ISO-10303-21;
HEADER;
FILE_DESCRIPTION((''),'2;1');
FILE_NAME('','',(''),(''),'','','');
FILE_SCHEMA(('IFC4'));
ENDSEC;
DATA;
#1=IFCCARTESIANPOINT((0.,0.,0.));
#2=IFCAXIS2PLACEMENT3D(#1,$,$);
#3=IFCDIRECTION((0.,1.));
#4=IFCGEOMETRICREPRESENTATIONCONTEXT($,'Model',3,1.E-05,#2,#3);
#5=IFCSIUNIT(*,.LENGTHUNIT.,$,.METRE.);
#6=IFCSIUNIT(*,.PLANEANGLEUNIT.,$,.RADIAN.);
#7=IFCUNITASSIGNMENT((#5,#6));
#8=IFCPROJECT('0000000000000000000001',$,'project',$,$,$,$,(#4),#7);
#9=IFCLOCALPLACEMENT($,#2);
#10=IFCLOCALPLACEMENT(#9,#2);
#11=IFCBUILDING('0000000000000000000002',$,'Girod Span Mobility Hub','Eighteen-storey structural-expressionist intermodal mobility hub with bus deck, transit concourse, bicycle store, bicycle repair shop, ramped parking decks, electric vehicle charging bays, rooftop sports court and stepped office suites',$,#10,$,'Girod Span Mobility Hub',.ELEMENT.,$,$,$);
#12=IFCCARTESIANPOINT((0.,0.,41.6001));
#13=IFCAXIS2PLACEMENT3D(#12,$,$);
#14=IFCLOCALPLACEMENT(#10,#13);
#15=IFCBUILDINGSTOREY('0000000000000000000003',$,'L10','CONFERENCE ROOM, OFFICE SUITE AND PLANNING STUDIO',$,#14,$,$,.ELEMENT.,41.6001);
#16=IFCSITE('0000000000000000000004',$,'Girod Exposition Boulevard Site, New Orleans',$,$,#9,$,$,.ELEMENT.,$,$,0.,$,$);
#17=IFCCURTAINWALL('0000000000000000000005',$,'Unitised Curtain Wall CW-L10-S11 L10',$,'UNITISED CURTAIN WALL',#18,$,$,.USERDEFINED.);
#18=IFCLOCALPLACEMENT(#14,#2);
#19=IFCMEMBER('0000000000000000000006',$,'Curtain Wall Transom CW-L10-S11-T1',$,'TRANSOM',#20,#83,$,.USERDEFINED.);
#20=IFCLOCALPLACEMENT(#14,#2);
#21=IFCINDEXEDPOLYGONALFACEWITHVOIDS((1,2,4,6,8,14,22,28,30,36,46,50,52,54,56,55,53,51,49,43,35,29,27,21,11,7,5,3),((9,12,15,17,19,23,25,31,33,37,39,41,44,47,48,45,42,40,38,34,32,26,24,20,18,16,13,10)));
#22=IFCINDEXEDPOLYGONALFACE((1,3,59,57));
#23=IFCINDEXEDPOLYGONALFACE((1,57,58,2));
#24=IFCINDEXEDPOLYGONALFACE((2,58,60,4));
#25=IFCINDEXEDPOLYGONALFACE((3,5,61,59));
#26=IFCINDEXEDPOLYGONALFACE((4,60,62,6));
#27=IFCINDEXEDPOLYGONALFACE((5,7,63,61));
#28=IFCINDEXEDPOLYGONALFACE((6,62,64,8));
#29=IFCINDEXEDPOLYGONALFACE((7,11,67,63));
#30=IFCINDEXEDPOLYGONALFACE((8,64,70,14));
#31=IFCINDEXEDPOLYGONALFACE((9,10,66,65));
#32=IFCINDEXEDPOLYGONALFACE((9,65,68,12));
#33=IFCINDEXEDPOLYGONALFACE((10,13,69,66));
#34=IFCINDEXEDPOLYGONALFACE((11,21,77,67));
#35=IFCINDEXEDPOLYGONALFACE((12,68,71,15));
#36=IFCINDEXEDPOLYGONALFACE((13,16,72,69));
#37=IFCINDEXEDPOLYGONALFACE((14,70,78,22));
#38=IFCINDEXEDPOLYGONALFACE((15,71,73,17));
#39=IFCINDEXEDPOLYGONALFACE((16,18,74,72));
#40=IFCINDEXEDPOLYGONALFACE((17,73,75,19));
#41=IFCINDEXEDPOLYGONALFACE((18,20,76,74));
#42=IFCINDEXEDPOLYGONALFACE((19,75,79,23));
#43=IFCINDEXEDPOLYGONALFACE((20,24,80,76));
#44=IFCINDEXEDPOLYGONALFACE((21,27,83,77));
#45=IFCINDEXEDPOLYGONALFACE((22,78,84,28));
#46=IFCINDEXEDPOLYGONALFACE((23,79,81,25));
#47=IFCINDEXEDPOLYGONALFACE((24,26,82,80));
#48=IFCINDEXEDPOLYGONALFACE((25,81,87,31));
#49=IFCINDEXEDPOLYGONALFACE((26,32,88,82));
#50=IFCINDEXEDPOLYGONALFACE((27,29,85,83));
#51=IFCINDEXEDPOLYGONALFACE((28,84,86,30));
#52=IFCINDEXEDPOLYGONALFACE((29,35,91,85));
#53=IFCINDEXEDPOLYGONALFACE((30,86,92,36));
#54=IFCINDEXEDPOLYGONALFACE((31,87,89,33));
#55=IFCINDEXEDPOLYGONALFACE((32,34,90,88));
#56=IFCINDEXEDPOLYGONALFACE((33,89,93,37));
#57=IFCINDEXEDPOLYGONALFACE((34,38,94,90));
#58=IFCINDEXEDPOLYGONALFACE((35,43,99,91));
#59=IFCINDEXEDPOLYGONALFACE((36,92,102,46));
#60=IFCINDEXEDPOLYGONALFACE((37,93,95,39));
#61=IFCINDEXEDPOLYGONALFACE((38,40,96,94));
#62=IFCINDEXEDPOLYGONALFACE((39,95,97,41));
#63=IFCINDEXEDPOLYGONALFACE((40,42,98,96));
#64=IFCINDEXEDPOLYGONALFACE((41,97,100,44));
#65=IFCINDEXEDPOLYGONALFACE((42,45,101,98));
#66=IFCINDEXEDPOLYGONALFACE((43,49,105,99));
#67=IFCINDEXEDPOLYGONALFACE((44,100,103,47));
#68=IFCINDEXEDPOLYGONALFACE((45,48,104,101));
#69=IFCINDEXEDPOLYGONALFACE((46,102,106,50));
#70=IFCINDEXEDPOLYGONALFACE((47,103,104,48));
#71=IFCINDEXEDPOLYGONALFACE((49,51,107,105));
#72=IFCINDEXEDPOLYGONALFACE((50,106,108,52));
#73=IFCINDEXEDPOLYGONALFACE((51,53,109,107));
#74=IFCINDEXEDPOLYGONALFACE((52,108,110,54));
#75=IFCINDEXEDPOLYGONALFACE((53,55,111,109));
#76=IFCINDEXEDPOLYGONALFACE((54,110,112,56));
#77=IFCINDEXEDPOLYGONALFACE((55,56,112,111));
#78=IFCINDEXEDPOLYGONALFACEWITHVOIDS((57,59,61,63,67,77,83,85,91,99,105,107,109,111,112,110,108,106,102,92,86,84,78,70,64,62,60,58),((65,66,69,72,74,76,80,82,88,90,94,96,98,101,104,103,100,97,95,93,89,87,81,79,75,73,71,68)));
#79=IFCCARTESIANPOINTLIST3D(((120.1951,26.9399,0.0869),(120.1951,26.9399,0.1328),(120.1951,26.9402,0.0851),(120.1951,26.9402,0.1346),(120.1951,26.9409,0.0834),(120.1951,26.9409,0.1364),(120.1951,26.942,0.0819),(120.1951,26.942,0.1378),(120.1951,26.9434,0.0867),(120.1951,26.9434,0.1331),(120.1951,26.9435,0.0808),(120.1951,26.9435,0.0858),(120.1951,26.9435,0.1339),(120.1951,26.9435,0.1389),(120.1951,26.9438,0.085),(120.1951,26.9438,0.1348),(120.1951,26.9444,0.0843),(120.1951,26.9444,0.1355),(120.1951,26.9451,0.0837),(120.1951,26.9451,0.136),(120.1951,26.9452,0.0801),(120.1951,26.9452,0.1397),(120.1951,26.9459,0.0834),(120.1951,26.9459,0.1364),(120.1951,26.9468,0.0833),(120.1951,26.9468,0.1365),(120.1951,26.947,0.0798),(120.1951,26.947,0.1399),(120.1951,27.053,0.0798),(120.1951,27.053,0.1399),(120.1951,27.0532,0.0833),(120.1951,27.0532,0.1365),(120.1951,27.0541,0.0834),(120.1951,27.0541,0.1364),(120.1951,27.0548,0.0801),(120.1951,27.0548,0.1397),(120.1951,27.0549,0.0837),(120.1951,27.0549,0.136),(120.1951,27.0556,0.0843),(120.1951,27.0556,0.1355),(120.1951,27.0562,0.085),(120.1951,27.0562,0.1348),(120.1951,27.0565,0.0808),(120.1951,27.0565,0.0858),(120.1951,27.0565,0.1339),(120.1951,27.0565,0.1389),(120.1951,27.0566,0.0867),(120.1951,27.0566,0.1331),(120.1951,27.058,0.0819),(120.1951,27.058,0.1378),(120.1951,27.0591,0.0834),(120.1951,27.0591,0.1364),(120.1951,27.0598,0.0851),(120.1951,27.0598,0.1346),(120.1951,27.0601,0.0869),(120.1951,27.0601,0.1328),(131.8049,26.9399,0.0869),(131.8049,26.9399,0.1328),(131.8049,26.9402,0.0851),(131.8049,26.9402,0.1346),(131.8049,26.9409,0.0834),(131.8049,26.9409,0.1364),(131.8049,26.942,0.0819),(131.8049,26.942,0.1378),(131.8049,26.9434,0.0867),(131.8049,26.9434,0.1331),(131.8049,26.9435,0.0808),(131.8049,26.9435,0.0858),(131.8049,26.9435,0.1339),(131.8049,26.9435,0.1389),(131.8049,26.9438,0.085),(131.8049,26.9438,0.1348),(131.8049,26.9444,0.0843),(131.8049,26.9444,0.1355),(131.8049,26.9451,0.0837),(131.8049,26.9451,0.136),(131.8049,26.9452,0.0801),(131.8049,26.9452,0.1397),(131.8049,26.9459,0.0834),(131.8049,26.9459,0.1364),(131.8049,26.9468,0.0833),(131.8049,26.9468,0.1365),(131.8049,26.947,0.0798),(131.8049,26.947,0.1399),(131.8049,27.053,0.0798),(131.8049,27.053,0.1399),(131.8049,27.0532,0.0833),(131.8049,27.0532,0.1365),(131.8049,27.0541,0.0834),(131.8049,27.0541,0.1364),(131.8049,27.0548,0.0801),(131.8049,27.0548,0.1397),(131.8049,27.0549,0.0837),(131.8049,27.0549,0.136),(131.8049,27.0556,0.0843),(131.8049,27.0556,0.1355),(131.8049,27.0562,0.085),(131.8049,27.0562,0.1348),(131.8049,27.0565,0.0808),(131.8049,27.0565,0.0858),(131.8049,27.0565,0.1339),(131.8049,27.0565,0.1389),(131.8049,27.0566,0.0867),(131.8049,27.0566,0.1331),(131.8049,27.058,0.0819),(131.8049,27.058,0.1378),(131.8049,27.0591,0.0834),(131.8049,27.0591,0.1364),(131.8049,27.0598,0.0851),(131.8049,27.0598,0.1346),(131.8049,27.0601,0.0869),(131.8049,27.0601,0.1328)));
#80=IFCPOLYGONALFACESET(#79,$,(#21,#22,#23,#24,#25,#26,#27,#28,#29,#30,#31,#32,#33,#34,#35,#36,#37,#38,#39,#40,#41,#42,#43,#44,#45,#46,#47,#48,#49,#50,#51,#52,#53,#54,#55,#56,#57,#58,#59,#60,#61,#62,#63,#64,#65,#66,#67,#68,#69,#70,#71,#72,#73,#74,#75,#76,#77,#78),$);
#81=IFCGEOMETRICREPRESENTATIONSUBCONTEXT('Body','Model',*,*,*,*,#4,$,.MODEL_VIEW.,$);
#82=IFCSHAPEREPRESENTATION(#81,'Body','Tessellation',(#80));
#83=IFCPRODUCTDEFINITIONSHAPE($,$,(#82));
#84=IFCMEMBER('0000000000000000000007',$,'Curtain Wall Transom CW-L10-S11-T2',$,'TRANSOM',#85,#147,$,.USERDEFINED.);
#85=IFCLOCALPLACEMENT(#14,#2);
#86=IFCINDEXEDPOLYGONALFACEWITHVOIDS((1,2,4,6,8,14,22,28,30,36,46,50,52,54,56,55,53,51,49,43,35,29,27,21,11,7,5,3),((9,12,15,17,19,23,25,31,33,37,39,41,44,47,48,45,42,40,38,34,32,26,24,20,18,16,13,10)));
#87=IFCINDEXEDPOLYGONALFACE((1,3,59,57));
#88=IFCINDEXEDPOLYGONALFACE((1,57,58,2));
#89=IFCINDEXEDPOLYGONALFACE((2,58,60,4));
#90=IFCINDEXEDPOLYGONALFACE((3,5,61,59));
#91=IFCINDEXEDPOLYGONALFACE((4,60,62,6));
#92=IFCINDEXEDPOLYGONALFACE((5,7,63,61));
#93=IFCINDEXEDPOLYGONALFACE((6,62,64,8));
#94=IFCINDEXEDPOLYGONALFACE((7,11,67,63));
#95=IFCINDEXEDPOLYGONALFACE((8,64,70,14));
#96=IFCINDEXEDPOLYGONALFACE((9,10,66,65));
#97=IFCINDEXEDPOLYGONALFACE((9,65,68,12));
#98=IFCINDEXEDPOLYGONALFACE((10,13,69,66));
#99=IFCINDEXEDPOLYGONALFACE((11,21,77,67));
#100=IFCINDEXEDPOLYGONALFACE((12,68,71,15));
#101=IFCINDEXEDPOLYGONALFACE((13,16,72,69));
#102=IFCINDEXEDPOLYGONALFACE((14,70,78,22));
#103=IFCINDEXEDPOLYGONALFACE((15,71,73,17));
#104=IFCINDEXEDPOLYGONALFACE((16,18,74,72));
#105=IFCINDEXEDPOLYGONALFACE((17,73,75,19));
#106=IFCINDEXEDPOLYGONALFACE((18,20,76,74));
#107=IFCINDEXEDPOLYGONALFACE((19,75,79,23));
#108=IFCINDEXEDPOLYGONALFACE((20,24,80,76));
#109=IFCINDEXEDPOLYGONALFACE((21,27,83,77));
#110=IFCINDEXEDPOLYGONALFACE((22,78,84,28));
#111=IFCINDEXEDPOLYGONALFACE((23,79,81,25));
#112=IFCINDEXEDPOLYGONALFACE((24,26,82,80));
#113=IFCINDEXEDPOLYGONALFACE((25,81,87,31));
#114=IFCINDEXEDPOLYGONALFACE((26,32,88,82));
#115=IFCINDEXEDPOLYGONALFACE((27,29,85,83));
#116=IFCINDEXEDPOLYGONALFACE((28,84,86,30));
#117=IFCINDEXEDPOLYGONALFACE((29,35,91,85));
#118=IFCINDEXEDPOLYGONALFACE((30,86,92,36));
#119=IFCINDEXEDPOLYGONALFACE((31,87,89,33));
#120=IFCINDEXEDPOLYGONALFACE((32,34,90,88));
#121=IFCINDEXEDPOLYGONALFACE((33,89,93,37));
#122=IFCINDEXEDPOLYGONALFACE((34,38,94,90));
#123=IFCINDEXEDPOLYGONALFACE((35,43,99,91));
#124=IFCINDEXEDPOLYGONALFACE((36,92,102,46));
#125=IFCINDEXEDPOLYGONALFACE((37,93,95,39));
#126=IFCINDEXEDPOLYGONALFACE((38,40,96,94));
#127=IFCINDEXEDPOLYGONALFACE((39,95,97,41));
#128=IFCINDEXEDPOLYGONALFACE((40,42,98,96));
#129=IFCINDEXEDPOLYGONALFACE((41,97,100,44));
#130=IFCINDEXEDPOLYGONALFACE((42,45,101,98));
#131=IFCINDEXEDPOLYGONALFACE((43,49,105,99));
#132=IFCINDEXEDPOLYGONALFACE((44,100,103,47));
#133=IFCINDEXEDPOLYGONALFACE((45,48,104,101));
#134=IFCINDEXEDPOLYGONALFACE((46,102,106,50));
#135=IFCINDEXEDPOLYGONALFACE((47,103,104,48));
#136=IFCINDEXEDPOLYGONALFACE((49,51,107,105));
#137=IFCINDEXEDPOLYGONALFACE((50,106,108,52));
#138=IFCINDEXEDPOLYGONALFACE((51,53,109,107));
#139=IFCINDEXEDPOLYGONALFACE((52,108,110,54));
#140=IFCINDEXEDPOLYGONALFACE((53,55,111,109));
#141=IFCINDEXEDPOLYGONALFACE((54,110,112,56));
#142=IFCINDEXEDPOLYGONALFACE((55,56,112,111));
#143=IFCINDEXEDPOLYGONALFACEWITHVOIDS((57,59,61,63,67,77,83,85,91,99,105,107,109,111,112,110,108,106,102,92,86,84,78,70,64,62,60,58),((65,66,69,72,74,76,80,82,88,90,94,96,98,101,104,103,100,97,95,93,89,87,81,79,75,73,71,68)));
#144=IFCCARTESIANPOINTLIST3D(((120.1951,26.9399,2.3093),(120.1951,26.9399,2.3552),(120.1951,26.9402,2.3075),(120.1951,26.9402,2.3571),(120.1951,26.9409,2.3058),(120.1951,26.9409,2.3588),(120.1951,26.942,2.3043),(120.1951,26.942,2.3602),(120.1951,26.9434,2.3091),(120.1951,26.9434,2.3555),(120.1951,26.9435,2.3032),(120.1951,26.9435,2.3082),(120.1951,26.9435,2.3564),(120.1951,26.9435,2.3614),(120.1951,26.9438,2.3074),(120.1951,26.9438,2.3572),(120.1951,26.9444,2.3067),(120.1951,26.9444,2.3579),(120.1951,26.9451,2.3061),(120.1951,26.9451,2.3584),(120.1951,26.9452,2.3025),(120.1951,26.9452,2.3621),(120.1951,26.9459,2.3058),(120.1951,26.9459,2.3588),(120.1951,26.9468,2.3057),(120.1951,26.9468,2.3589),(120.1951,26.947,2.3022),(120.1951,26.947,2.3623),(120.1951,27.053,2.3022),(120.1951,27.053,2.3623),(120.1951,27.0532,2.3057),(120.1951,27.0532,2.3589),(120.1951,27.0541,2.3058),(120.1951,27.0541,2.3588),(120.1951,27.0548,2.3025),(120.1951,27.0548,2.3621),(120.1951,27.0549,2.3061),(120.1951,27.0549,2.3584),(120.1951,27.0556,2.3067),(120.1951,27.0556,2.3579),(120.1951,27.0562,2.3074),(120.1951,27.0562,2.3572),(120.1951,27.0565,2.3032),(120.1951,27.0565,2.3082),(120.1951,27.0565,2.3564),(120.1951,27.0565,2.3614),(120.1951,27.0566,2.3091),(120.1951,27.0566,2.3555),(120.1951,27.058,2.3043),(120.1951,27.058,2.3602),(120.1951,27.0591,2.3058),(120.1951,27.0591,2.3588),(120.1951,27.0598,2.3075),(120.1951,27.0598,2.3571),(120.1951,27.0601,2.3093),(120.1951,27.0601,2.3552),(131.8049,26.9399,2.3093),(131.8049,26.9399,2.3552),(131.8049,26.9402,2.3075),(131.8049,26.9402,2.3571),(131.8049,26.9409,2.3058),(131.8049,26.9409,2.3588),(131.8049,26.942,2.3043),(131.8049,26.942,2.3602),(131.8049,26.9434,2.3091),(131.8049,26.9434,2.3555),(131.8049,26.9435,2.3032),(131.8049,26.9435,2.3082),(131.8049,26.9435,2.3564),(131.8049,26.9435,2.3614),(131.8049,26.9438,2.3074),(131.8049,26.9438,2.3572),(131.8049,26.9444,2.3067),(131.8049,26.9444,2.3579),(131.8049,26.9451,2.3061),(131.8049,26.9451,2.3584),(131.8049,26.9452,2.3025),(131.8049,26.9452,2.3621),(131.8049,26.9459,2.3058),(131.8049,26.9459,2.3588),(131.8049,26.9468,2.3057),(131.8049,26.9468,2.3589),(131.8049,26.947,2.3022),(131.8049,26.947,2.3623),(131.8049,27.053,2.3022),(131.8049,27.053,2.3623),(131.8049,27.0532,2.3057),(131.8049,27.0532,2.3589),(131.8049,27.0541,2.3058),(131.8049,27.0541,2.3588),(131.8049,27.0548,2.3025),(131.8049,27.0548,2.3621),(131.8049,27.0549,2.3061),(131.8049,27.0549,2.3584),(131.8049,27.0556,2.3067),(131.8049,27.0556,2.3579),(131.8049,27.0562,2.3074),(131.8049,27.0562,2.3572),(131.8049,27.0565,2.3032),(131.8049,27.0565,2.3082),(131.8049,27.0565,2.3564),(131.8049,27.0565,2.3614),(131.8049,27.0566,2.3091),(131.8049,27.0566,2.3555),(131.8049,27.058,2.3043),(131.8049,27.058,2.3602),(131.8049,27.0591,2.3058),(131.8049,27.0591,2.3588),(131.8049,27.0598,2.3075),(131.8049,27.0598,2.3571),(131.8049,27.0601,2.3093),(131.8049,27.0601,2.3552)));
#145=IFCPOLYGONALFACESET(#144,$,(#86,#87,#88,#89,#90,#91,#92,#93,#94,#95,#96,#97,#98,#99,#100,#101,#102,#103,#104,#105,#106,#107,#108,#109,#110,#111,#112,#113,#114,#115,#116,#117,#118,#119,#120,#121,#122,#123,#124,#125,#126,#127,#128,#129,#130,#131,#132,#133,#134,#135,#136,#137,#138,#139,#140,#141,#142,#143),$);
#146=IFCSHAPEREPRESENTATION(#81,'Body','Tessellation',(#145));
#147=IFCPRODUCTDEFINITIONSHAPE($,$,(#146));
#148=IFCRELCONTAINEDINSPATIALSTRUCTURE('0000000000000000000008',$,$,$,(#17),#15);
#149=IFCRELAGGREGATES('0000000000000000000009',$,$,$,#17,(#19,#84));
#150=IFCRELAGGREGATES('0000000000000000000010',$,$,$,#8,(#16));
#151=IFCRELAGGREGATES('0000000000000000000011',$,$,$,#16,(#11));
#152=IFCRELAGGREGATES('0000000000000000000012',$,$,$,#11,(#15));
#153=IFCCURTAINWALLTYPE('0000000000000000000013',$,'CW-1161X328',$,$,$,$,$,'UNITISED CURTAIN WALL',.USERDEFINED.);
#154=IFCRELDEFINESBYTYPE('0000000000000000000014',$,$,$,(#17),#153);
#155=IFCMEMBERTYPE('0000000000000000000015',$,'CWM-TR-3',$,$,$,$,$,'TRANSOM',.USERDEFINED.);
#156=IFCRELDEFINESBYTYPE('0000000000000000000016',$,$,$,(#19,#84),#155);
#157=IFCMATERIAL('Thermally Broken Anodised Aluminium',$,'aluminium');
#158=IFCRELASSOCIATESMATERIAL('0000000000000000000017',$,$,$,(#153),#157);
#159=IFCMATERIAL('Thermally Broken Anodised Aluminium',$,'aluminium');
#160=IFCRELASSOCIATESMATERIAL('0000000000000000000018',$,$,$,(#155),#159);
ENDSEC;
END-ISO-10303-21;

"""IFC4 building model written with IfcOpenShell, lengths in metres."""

from ifc_helpers import new_model, si_unit, direction, frame, origin, origin_2d, place, context, subcontext, project, spatial, hollow_rectangle, extrude, material, material_profile, profile_set, type_object, element, aggregate, save


model = new_model("IFC4")

# Units and contexts
model_context = context("Model", 3, precision=1e-05, world=origin(), true_north=direction((0.0, 1.0)))
body_context = subcontext(model_context, "Body", "Model", "MODEL_VIEW")
ifc_project = project(units=[si_unit("LENGTHUNIT", "METRE"), si_unit("PLANEANGLEUNIT", "RADIAN")], contexts=[model_context])

# Site, building, storey
site_placement = place(None, origin())
site = spatial("IfcSite", under=ifc_project, at=site_placement, Name="Girod Exposition Boulevard Site, New Orleans", CompositionType="ELEMENT", RefElevation=0.0)
building_placement = place(site_placement, origin())
building = spatial("IfcBuilding", under=site, at=building_placement, Name="Girod Span Mobility Hub", Description="Eighteen-storey structural-expressionist intermodal mobility hub with bus deck, transit concourse, bicycle store, bicycle repair shop, ramped parking decks, electric vehicle charging bays, rooftop sports court and stepped office suites", LongName="Girod Span Mobility Hub", CompositionType="ELEMENT")
storey_placement = place(building_placement, frame((0.0, 0.0, 41.6001)))
storey = spatial("IfcBuildingStorey", under=building, at=storey_placement, Name="L10", Description="CONFERENCE ROOM, OFFICE SUITE AND PLANNING STUDIO", CompositionType="ELEMENT", Elevation=41.6001)

# Curtain wall, members
ifc_material_1 = material(Name="Thermally Broken Anodised Aluminium", Category="aluminium")
curtain_wall_type = type_object("IfcCurtainWallType", Name="CW-1161X328", ElementType="UNITISED CURTAIN WALL", PredefinedType="USERDEFINED", material=ifc_material_1)
curtain_wall_1_placement = place(storey_placement, origin())
curtain_wall_1 = element("IfcCurtainWall", 1, at=curtain_wall_1_placement, inside=storey, type_object=curtain_wall_type, Name="Unitised Curtain Wall CW-L10-S11 L10", ObjectType="UNITISED CURTAIN WALL", PredefinedType="USERDEFINED")
ifc_material_2 = material(Name="Thermally Broken Anodised Aluminium", Category="aluminium")
ifc_material_profile_1 = material_profile(ifc_material_2, hollow_rectangle(XDim=0.1201, YDim=0.0601, WallThickness=0.0034, InnerFilletRadius=0.0034, OuterFilletRadius=0.0071, at=origin_2d()), Name="CW-TR-60X120")
ifc_profile_set_1 = profile_set([ifc_material_profile_1], Name="Thermally Broken Anodised Aluminium")
member_type_1 = type_object("IfcMemberType", Name="CWM-TR-3", ElementType="TRANSOM", PredefinedType="USERDEFINED", material=ifc_profile_set_1)
member_1_placement = place(storey_placement, frame((120.1951, 27.0, 0.1099), z_axis=(1.0, 0.0, 0.0), x_axis=(0.0, 1.0, 0.0)))
member_1 = element("IfcMember", 2, at=member_1_placement, type_object=member_type_1, Name="Curtain Wall Transom CW-L10-S11-T1", ObjectType="TRANSOM", PredefinedType="USERDEFINED", context=body_context, shape_type="SweptSolid", body=[
    extrude(hollow_rectangle(XDim=0.1201, YDim=0.0601, WallThickness=0.0034, InnerFilletRadius=0.0034, OuterFilletRadius=0.0071, at=origin_2d()), origin(), (0.0, 0.0, 1.0), 11.6099),
])
member_2_placement = place(storey_placement, frame((120.1951, 27.0, 2.3323), z_axis=(1.0, 0.0, 0.0), x_axis=(0.0, 1.0, 0.0)))
member_2 = element("IfcMember", 3, at=member_2_placement, type_object=member_type_1, Name="Curtain Wall Transom CW-L10-S11-T2", ObjectType="TRANSOM", PredefinedType="USERDEFINED", context=body_context, shape_type="SweptSolid", body=[
    extrude(hollow_rectangle(XDim=0.1201, YDim=0.0601, WallThickness=0.0034, InnerFilletRadius=0.0034, OuterFilletRadius=0.0071, at=origin_2d()), origin(), (0.0, 0.0, 1.0), 11.6099),
])

aggregate(curtain_wall_1, [member_1, member_2])

save(model, "model.ifc")
